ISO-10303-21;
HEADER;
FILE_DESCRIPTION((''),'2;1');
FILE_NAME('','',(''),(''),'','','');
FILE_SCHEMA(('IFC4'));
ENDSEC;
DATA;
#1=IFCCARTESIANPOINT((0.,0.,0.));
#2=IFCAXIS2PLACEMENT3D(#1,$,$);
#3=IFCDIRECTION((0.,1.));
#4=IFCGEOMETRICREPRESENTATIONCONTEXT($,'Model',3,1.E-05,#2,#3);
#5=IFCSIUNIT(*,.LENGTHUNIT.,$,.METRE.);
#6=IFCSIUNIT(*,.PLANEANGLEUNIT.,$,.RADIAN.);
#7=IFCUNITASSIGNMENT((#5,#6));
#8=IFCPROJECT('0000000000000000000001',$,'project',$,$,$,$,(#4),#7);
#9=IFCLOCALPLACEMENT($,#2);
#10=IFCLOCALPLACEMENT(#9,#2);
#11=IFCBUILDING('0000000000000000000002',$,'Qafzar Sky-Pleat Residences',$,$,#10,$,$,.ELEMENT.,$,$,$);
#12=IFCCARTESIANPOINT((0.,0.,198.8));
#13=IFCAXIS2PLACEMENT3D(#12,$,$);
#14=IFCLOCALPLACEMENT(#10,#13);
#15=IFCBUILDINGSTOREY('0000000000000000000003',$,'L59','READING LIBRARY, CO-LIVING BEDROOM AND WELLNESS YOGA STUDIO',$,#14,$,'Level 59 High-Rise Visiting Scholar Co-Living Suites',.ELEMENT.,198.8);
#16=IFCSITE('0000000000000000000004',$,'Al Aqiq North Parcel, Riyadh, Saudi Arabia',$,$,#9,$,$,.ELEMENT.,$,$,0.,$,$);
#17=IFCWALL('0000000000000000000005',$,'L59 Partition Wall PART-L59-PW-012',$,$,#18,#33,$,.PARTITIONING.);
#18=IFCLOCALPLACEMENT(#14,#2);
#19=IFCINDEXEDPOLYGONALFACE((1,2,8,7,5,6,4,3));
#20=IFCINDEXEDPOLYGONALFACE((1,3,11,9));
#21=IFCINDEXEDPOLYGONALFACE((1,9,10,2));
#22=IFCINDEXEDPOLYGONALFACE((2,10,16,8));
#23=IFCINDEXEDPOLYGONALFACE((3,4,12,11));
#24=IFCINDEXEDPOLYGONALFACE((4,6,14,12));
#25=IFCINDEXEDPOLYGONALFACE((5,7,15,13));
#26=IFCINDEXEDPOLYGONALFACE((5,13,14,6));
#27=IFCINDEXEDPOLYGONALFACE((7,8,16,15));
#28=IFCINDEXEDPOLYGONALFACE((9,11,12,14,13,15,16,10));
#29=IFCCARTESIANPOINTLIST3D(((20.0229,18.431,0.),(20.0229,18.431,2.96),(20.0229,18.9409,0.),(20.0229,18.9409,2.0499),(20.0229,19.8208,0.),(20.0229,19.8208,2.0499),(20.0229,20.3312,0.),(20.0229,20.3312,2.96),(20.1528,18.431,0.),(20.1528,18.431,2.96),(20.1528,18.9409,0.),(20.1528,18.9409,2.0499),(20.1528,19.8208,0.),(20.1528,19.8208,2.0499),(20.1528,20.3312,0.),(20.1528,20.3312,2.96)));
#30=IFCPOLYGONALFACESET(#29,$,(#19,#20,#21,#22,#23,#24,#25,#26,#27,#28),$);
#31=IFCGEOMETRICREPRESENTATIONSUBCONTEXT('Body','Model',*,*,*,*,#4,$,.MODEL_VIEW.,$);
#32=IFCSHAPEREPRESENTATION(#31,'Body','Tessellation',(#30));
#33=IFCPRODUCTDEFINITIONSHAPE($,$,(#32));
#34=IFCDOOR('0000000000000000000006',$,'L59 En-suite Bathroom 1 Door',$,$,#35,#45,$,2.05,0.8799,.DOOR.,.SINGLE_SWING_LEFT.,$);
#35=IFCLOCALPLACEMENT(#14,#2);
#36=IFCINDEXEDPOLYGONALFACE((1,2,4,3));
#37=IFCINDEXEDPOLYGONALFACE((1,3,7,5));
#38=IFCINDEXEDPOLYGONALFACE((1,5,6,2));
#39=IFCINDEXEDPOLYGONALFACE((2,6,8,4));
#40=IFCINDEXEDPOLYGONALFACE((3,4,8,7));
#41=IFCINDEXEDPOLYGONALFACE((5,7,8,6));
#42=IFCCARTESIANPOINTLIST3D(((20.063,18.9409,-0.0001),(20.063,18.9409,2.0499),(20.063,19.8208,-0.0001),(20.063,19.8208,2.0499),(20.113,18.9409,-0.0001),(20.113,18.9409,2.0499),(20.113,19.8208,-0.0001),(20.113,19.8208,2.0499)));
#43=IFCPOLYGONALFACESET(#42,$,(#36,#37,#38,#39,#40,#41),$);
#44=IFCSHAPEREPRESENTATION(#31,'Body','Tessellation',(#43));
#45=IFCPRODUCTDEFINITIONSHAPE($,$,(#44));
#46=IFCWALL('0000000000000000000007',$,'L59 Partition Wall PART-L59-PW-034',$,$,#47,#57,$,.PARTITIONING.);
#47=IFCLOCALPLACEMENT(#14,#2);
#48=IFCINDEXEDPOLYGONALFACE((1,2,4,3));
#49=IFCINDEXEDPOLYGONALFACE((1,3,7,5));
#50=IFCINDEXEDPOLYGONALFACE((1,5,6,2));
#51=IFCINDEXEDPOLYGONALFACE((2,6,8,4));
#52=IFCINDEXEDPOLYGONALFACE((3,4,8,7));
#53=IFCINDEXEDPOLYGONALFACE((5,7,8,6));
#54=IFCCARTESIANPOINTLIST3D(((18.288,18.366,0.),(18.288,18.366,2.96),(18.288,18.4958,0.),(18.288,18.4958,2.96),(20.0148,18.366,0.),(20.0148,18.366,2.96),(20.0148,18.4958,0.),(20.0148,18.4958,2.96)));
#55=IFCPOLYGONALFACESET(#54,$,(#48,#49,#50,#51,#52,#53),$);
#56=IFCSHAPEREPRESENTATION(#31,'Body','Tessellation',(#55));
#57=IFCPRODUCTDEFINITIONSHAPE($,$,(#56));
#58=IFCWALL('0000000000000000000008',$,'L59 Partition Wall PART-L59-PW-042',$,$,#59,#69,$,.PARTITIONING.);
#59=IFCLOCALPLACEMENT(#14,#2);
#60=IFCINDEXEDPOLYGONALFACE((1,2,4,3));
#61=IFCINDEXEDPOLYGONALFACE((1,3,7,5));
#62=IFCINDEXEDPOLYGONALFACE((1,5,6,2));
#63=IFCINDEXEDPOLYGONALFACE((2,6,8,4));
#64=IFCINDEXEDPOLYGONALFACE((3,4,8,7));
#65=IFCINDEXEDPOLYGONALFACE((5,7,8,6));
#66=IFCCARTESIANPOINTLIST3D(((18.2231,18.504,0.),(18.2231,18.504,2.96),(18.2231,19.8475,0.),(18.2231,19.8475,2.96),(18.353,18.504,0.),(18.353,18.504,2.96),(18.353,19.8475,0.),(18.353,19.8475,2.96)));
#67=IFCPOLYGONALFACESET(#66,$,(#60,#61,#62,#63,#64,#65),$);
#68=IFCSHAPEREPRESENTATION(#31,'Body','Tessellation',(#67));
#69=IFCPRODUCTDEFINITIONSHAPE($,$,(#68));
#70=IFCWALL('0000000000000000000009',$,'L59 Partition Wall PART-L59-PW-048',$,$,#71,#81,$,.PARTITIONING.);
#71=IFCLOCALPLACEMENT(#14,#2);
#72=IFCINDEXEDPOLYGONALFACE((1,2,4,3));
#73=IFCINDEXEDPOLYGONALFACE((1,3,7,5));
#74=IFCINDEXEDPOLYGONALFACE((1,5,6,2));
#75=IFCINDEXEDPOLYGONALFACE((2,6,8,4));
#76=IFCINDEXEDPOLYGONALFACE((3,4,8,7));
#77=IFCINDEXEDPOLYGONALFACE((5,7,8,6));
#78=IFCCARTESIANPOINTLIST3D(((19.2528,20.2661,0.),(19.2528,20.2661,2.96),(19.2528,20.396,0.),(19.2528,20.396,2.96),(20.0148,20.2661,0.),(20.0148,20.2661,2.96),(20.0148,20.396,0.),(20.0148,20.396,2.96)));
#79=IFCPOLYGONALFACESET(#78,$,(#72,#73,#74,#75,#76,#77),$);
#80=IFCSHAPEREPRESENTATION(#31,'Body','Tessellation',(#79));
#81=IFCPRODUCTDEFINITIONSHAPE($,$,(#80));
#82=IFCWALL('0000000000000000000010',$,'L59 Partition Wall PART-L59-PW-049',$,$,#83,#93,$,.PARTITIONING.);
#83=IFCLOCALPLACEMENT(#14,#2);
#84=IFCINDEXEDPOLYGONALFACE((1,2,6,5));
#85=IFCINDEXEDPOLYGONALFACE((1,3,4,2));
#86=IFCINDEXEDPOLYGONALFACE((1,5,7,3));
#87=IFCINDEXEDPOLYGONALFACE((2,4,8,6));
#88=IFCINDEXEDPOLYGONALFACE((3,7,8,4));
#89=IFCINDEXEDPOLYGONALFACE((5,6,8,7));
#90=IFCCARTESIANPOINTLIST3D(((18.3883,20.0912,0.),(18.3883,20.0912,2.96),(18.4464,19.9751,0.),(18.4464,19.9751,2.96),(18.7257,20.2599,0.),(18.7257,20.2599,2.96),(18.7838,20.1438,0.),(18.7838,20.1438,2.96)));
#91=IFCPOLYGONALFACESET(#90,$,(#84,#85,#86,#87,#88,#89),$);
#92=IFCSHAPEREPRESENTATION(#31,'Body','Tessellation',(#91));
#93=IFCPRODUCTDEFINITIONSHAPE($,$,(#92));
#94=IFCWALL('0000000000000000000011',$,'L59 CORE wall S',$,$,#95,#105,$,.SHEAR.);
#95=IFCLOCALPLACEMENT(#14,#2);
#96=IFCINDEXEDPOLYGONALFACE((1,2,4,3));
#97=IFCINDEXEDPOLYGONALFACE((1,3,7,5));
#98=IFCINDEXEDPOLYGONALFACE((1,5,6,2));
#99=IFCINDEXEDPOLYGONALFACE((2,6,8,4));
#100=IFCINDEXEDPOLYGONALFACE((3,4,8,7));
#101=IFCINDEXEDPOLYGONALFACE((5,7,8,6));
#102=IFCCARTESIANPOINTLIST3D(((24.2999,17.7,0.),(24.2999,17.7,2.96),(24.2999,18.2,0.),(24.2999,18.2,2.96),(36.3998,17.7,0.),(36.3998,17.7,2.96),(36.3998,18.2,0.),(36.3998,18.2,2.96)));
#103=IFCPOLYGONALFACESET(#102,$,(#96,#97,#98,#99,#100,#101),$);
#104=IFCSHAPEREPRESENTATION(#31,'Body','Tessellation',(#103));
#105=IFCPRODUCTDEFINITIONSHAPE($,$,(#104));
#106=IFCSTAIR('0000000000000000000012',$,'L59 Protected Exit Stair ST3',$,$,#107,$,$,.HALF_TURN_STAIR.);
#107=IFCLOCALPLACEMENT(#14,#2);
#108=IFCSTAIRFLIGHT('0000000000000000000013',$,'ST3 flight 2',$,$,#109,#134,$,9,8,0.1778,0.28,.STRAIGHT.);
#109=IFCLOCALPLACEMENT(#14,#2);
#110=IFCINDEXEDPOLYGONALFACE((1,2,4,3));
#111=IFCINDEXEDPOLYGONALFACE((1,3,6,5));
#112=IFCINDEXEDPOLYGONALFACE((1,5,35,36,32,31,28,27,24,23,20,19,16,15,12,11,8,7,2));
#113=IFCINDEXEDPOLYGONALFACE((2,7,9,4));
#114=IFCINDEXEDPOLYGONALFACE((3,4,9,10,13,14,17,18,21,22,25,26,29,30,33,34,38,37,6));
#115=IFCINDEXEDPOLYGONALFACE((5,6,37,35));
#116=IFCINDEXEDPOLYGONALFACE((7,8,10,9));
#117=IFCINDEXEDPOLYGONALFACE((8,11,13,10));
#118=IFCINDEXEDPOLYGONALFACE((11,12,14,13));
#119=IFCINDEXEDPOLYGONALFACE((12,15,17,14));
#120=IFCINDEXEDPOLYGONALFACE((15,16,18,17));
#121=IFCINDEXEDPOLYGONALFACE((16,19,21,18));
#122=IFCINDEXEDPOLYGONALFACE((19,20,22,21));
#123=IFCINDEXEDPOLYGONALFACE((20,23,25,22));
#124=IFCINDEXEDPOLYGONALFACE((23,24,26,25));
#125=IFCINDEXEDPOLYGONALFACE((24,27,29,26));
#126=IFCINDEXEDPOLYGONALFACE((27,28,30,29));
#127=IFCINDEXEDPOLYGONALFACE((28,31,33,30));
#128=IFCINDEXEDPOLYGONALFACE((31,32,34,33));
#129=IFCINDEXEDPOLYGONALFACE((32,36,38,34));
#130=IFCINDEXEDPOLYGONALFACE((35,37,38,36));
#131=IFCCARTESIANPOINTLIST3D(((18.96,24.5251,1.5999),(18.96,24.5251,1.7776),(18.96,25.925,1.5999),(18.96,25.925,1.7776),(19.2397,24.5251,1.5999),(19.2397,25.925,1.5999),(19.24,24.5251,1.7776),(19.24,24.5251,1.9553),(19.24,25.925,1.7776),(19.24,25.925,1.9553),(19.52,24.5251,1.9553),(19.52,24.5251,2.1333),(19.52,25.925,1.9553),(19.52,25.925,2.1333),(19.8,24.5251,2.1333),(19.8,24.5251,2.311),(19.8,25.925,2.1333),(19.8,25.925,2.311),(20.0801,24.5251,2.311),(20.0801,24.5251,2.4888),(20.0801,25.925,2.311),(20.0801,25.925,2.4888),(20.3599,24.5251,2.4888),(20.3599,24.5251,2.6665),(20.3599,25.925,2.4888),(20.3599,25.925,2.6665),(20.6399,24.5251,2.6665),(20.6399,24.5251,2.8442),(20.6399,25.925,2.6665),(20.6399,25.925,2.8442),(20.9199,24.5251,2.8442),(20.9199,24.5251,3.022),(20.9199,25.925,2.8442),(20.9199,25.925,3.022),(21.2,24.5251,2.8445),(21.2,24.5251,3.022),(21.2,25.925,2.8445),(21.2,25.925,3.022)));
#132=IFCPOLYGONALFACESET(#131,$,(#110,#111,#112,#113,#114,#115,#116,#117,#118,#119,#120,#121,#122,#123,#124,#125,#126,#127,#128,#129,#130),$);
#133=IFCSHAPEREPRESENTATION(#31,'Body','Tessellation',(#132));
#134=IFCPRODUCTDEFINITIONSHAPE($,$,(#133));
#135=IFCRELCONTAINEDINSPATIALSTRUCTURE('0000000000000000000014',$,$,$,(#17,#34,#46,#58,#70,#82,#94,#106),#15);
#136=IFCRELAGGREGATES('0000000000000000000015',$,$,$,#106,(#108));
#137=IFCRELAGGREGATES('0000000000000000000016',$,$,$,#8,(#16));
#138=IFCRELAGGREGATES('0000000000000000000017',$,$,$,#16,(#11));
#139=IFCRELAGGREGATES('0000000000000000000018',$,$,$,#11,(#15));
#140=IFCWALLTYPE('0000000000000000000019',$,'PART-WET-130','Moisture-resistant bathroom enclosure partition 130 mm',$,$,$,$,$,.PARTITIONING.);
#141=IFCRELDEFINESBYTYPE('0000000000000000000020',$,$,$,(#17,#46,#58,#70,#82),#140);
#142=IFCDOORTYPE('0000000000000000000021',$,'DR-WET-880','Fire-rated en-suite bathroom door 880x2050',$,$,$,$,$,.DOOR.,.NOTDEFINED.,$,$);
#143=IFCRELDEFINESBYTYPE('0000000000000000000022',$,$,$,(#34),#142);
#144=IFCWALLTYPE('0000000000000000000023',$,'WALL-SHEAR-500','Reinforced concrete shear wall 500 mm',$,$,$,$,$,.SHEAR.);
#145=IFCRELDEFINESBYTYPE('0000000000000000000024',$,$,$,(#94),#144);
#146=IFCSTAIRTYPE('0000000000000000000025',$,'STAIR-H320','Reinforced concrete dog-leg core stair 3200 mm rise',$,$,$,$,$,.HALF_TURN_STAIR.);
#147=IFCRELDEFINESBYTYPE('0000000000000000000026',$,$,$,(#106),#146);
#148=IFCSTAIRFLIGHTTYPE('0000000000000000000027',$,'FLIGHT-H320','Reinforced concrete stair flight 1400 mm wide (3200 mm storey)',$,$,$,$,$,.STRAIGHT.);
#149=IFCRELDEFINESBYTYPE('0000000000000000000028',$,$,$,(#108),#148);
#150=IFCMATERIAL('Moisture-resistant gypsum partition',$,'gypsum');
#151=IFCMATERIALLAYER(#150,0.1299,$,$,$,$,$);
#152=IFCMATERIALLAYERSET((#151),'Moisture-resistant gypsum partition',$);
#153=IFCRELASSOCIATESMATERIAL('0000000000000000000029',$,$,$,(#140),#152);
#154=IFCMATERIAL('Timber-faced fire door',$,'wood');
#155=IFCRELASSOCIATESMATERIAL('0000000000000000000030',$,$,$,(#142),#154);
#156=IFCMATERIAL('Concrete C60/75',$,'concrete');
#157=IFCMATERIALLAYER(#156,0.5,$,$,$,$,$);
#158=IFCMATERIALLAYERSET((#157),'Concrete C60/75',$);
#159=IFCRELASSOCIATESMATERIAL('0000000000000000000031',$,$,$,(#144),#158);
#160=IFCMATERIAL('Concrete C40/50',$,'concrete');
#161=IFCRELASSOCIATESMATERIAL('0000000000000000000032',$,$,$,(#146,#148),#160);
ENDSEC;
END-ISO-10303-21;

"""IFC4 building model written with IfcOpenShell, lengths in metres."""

from ifc_helpers import new_model, si_unit, direction, frame, frame_2d, origin, place, context, subcontext, project, spatial, polyline, rectangle, outline, extrude, source, transform, mapped, material, layer, layer_set, type_object, element, fill, aggregate, save


model = new_model("IFC4")

# Units and contexts
model_context = context("Model", 3, precision=1e-05, world=origin(), true_north=direction((0.0, 1.0)))
body_context = subcontext(model_context, "Body", "Model", "MODEL_VIEW")
ifc_project = project(units=[si_unit("LENGTHUNIT", "METRE"), si_unit("PLANEANGLEUNIT", "RADIAN")], contexts=[model_context])

# Site, building, storey
site_placement = place(None, origin())
site = spatial("IfcSite", under=ifc_project, at=site_placement, Name="Al Aqiq North Parcel, Riyadh, Saudi Arabia", CompositionType="ELEMENT", RefElevation=0.0)
building_placement = place(site_placement, origin())
building = spatial("IfcBuilding", under=site, at=building_placement, Name="Qafzar Sky-Pleat Residences", CompositionType="ELEMENT")
storey_placement = place(building_placement, frame((0.0, 0.0, 198.8)))
storey = spatial("IfcBuildingStorey", under=building, at=storey_placement, Name="L59", Description="READING LIBRARY, CO-LIVING BEDROOM AND WELLNESS YOGA STUDIO", LongName="Level 59 High-Rise Visiting Scholar Co-Living Suites", CompositionType="ELEMENT", Elevation=198.8)

# Shared definitions
ifc_material_1 = material(Name="Timber-faced fire door", Category="wood")

# Wall, opening, door
ifc_material_2 = material(Name="Moisture-resistant gypsum partition", Category="gypsum")
ifc_layer_1 = layer(ifc_material_2, 0.1299)
ifc_layer_set_1 = layer_set([ifc_layer_1], Name="Moisture-resistant gypsum partition")
wall_type_1 = type_object("IfcWallType", Name="PART-WET-130", Description="Moisture-resistant bathroom enclosure partition 130 mm", PredefinedType="PARTITIONING", material=ifc_layer_set_1)
wall_1_placement = place(storey_placement, frame((20.0879, 18.4309, 0.0), z_axis=(0.0, 0.0, 1.0), x_axis=(0.0, 1.0, 0.0)))
wall_1 = element("IfcWall", 1, at=wall_1_placement, inside=storey, type_object=wall_type_1, Name="L59 Partition Wall PART-L59-PW-012", PredefinedType="PARTITIONING", context=body_context, shape_type="SweptSolid", body=[
    extrude(rectangle(XDim=1.9001, YDim=0.1299, at=frame_2d((0.9502, 0.0))), origin(), (0.0, 0.0, 1.0), 2.96),
])
opening_1_placement = place(wall_1_placement, frame((0.51, 0.0, 0.0)))
opening_1 = element("IfcOpeningElement", 2, at=opening_1_placement, cuts=wall_1, PredefinedType="OPENING", context=body_context, shape_type="SweptSolid", body=[
    extrude(rectangle(XDim=0.8799, YDim=2.05, at=frame_2d((0.4399, 1.0249))), frame((0.0, 0.075, 0.0), z_axis=(0.0, -1.0, 0.0), x_axis=(1.0, 0.0, 0.0)), (0.0, 0.0, 1.0), 0.1499),
])
door_type_1 = type_object("IfcDoorType", Name="DR-WET-880", Description="Fire-rated en-suite bathroom door 880x2050", OperationType="NOTDEFINED", PredefinedType="DOOR", material=ifc_material_1)
shared_shape_1 = source(origin(), body_context, "Body", "SweptSolid", [
    extrude(rectangle(XDim=0.8799, YDim=2.05, at=frame_2d((0.4399, 1.0249))), frame((0.0, 0.0249, 0.0), z_axis=(0.0, -1.0, 0.0), x_axis=(1.0, 0.0, 0.0)), (0.0, 0.0, 1.0), 0.05),
])
door_1_placement = place(opening_1_placement, origin())
door_1 = element("IfcDoor", 3, at=door_1_placement, inside=storey, type_object=door_type_1, Name="L59 En-suite Bathroom 1 Door", OperationType="SINGLE_SWING_LEFT", OverallHeight=2.05, OverallWidth=0.8799, PredefinedType="DOOR", context=body_context, shape_type="MappedRepresentation", body=[
    mapped(shared_shape_1, transform((0.0, 0.0, 0.0), x_axis=(1.0, 0.0, 0.0), y_axis=(0.0, 1.0, 0.0), z_axis=(0.0, 0.0, 1.0), scale=1.0)),
])
fill(opening_1, door_1)

# Walls
wall_2_placement = place(storey_placement, frame((18.2881, 18.4309, 0.0), z_axis=(0.0, 0.0, 1.0), x_axis=(1.0, 0.0, 0.0)))
element("IfcWall", 4, at=wall_2_placement, inside=storey, type_object=wall_type_1, Name="L59 Partition Wall PART-L59-PW-034", PredefinedType="PARTITIONING", context=body_context, shape_type="SweptSolid", body=[
    extrude(rectangle(XDim=1.7268, YDim=0.1299, at=frame_2d((0.8633, 0.0))), origin(), (0.0, 0.0, 1.0), 2.96),
])
wall_3_placement = place(storey_placement, frame((18.2881, 18.5039, 0.0), z_axis=(0.0, 0.0, 1.0), x_axis=(0.0, 1.0, 0.0)))
element("IfcWall", 5, at=wall_3_placement, inside=storey, type_object=wall_type_1, Name="L59 Partition Wall PART-L59-PW-042", PredefinedType="PARTITIONING", context=body_context, shape_type="SweptSolid", body=[
    extrude(rectangle(XDim=1.3435, YDim=0.1299, at=frame_2d((0.6719, 0.0))), origin(), (0.0, 0.0, 1.0), 2.96),
])
wall_4_placement = place(storey_placement, frame((19.2529, 20.3311, 0.0), z_axis=(0.0, 0.0, 1.0), x_axis=(1.0, 0.0, 0.0)))
element("IfcWall", 6, at=wall_4_placement, inside=storey, type_object=wall_type_1, Name="L59 Partition Wall PART-L59-PW-048", PredefinedType="PARTITIONING", context=body_context, shape_type="SweptSolid", body=[
    extrude(rectangle(XDim=0.762, YDim=0.1299, at=frame_2d((0.3809, 0.0))), origin(), (0.0, 0.0, 1.0), 2.96),
])
wall_5_placement = place(storey_placement, frame((18.4175, 20.0332, 0.0), z_axis=(0.0, 0.0, 1.0), x_axis=(0.894427, 0.447214, 0.0)))
element("IfcWall", 7, at=wall_5_placement, inside=storey, type_object=wall_type_1, Name="L59 Partition Wall PART-L59-PW-049", PredefinedType="PARTITIONING", context=body_context, shape_type="SweptSolid", body=[
    extrude(rectangle(XDim=0.3772, YDim=0.1299, at=frame_2d((0.1885, 0.0))), origin(), (0.0, 0.0, 1.0), 2.96),
])

# Shared definitions
ifc_material_3 = material(Name="Concrete C60/75", Category="concrete")

# Wall
ifc_layer_2 = layer(ifc_material_3, 0.5)
ifc_layer_set_2 = layer_set([ifc_layer_2], Name="Concrete C60/75")
wall_type_2 = type_object("IfcWallType", Name="WALL-SHEAR-500", Description="Reinforced concrete shear wall 500 mm", PredefinedType="SHEAR", material=ifc_layer_set_2)
wall_6_placement = place(storey_placement, frame((24.3, 17.95, 0.0), z_axis=(0.0, 0.0, 1.0), x_axis=(1.0, 0.0, 0.0)))
element("IfcWall", 8, at=wall_6_placement, inside=storey, type_object=wall_type_2, Name="L59 CORE wall S", PredefinedType="SHEAR", context=body_context, shape_type="SweptSolid", body=[
    extrude(rectangle(XDim=12.0999, YDim=0.5, at=frame_2d((6.0498, 0.0))), origin(), (0.0, 0.0, 1.0), 2.96),
])

# Stair, stair flight
ifc_material_4 = material(Name="Concrete C40/50", Category="concrete")
stair_type = type_object("IfcStairType", Name="STAIR-H320", Description="Reinforced concrete dog-leg core stair 3200 mm rise", PredefinedType="HALF_TURN_STAIR", material=ifc_material_4)
stair_placement = place(storey_placement, origin())
stair = element("IfcStair", 9, at=stair_placement, inside=storey, type_object=stair_type, Name="L59 Protected Exit Stair ST3", PredefinedType="HALF_TURN_STAIR")
stair_flight_type = type_object("IfcStairFlightType", Name="FLIGHT-H320", Description="Reinforced concrete stair flight 1400 mm wide (3200 mm storey)", PredefinedType="STRAIGHT", material=ifc_material_4)
shared_shape_2 = source(origin(), body_context, "Body", "SweptSolid", [
    extrude(outline(polyline([(0.0, 0.0), (0.0, 0.1777), (0.28, 0.1777), (0.28, 0.3555), (0.5601, 0.3555), (0.5601, 0.5334), (0.8401, 0.5334), (0.8401, 0.7112), (1.1201, 0.7112), (1.1201, 0.8889), (1.3999, 0.8889), (1.3999, 1.0667), (1.6799, 1.0667), (1.6799, 1.2444), (1.96, 1.2444), (1.96, 1.4221), (2.24, 1.4221), (2.24, 1.6001), (2.24, 1.2446), (0.2798, 0.0), (0.0, 0.0)])), frame((0.0, 0.7, 0.0), z_axis=(0.0, -1.0, 0.0), x_axis=(1.0, 0.0, 0.0)), (0.0, 0.0, 1.0), 1.3999),
])
stair_flight_placement = place(storey_placement, frame((18.96, 25.2251, 1.5999), z_axis=(0.0, 0.0, 1.0), x_axis=(1.0, 0.0, 0.0)))
stair_flight = element("IfcStairFlight", 10, at=stair_flight_placement, type_object=stair_flight_type, Name="ST3 flight 2", NumberOfRisers=9, NumberOfTreads=8, PredefinedType="STRAIGHT", RiserHeight=0.1778, TreadLength=0.28, context=body_context, shape_type="MappedRepresentation", body=[
    mapped(shared_shape_2, transform((0.0, 0.0, 0.0), x_axis=(1.0, 0.0, 0.0), y_axis=(0.0, 1.0, 0.0), z_axis=(0.0, 0.0, 1.0), scale=1.0)),
])
aggregate(stair, [stair_flight])

save(model, "model.ifc")
